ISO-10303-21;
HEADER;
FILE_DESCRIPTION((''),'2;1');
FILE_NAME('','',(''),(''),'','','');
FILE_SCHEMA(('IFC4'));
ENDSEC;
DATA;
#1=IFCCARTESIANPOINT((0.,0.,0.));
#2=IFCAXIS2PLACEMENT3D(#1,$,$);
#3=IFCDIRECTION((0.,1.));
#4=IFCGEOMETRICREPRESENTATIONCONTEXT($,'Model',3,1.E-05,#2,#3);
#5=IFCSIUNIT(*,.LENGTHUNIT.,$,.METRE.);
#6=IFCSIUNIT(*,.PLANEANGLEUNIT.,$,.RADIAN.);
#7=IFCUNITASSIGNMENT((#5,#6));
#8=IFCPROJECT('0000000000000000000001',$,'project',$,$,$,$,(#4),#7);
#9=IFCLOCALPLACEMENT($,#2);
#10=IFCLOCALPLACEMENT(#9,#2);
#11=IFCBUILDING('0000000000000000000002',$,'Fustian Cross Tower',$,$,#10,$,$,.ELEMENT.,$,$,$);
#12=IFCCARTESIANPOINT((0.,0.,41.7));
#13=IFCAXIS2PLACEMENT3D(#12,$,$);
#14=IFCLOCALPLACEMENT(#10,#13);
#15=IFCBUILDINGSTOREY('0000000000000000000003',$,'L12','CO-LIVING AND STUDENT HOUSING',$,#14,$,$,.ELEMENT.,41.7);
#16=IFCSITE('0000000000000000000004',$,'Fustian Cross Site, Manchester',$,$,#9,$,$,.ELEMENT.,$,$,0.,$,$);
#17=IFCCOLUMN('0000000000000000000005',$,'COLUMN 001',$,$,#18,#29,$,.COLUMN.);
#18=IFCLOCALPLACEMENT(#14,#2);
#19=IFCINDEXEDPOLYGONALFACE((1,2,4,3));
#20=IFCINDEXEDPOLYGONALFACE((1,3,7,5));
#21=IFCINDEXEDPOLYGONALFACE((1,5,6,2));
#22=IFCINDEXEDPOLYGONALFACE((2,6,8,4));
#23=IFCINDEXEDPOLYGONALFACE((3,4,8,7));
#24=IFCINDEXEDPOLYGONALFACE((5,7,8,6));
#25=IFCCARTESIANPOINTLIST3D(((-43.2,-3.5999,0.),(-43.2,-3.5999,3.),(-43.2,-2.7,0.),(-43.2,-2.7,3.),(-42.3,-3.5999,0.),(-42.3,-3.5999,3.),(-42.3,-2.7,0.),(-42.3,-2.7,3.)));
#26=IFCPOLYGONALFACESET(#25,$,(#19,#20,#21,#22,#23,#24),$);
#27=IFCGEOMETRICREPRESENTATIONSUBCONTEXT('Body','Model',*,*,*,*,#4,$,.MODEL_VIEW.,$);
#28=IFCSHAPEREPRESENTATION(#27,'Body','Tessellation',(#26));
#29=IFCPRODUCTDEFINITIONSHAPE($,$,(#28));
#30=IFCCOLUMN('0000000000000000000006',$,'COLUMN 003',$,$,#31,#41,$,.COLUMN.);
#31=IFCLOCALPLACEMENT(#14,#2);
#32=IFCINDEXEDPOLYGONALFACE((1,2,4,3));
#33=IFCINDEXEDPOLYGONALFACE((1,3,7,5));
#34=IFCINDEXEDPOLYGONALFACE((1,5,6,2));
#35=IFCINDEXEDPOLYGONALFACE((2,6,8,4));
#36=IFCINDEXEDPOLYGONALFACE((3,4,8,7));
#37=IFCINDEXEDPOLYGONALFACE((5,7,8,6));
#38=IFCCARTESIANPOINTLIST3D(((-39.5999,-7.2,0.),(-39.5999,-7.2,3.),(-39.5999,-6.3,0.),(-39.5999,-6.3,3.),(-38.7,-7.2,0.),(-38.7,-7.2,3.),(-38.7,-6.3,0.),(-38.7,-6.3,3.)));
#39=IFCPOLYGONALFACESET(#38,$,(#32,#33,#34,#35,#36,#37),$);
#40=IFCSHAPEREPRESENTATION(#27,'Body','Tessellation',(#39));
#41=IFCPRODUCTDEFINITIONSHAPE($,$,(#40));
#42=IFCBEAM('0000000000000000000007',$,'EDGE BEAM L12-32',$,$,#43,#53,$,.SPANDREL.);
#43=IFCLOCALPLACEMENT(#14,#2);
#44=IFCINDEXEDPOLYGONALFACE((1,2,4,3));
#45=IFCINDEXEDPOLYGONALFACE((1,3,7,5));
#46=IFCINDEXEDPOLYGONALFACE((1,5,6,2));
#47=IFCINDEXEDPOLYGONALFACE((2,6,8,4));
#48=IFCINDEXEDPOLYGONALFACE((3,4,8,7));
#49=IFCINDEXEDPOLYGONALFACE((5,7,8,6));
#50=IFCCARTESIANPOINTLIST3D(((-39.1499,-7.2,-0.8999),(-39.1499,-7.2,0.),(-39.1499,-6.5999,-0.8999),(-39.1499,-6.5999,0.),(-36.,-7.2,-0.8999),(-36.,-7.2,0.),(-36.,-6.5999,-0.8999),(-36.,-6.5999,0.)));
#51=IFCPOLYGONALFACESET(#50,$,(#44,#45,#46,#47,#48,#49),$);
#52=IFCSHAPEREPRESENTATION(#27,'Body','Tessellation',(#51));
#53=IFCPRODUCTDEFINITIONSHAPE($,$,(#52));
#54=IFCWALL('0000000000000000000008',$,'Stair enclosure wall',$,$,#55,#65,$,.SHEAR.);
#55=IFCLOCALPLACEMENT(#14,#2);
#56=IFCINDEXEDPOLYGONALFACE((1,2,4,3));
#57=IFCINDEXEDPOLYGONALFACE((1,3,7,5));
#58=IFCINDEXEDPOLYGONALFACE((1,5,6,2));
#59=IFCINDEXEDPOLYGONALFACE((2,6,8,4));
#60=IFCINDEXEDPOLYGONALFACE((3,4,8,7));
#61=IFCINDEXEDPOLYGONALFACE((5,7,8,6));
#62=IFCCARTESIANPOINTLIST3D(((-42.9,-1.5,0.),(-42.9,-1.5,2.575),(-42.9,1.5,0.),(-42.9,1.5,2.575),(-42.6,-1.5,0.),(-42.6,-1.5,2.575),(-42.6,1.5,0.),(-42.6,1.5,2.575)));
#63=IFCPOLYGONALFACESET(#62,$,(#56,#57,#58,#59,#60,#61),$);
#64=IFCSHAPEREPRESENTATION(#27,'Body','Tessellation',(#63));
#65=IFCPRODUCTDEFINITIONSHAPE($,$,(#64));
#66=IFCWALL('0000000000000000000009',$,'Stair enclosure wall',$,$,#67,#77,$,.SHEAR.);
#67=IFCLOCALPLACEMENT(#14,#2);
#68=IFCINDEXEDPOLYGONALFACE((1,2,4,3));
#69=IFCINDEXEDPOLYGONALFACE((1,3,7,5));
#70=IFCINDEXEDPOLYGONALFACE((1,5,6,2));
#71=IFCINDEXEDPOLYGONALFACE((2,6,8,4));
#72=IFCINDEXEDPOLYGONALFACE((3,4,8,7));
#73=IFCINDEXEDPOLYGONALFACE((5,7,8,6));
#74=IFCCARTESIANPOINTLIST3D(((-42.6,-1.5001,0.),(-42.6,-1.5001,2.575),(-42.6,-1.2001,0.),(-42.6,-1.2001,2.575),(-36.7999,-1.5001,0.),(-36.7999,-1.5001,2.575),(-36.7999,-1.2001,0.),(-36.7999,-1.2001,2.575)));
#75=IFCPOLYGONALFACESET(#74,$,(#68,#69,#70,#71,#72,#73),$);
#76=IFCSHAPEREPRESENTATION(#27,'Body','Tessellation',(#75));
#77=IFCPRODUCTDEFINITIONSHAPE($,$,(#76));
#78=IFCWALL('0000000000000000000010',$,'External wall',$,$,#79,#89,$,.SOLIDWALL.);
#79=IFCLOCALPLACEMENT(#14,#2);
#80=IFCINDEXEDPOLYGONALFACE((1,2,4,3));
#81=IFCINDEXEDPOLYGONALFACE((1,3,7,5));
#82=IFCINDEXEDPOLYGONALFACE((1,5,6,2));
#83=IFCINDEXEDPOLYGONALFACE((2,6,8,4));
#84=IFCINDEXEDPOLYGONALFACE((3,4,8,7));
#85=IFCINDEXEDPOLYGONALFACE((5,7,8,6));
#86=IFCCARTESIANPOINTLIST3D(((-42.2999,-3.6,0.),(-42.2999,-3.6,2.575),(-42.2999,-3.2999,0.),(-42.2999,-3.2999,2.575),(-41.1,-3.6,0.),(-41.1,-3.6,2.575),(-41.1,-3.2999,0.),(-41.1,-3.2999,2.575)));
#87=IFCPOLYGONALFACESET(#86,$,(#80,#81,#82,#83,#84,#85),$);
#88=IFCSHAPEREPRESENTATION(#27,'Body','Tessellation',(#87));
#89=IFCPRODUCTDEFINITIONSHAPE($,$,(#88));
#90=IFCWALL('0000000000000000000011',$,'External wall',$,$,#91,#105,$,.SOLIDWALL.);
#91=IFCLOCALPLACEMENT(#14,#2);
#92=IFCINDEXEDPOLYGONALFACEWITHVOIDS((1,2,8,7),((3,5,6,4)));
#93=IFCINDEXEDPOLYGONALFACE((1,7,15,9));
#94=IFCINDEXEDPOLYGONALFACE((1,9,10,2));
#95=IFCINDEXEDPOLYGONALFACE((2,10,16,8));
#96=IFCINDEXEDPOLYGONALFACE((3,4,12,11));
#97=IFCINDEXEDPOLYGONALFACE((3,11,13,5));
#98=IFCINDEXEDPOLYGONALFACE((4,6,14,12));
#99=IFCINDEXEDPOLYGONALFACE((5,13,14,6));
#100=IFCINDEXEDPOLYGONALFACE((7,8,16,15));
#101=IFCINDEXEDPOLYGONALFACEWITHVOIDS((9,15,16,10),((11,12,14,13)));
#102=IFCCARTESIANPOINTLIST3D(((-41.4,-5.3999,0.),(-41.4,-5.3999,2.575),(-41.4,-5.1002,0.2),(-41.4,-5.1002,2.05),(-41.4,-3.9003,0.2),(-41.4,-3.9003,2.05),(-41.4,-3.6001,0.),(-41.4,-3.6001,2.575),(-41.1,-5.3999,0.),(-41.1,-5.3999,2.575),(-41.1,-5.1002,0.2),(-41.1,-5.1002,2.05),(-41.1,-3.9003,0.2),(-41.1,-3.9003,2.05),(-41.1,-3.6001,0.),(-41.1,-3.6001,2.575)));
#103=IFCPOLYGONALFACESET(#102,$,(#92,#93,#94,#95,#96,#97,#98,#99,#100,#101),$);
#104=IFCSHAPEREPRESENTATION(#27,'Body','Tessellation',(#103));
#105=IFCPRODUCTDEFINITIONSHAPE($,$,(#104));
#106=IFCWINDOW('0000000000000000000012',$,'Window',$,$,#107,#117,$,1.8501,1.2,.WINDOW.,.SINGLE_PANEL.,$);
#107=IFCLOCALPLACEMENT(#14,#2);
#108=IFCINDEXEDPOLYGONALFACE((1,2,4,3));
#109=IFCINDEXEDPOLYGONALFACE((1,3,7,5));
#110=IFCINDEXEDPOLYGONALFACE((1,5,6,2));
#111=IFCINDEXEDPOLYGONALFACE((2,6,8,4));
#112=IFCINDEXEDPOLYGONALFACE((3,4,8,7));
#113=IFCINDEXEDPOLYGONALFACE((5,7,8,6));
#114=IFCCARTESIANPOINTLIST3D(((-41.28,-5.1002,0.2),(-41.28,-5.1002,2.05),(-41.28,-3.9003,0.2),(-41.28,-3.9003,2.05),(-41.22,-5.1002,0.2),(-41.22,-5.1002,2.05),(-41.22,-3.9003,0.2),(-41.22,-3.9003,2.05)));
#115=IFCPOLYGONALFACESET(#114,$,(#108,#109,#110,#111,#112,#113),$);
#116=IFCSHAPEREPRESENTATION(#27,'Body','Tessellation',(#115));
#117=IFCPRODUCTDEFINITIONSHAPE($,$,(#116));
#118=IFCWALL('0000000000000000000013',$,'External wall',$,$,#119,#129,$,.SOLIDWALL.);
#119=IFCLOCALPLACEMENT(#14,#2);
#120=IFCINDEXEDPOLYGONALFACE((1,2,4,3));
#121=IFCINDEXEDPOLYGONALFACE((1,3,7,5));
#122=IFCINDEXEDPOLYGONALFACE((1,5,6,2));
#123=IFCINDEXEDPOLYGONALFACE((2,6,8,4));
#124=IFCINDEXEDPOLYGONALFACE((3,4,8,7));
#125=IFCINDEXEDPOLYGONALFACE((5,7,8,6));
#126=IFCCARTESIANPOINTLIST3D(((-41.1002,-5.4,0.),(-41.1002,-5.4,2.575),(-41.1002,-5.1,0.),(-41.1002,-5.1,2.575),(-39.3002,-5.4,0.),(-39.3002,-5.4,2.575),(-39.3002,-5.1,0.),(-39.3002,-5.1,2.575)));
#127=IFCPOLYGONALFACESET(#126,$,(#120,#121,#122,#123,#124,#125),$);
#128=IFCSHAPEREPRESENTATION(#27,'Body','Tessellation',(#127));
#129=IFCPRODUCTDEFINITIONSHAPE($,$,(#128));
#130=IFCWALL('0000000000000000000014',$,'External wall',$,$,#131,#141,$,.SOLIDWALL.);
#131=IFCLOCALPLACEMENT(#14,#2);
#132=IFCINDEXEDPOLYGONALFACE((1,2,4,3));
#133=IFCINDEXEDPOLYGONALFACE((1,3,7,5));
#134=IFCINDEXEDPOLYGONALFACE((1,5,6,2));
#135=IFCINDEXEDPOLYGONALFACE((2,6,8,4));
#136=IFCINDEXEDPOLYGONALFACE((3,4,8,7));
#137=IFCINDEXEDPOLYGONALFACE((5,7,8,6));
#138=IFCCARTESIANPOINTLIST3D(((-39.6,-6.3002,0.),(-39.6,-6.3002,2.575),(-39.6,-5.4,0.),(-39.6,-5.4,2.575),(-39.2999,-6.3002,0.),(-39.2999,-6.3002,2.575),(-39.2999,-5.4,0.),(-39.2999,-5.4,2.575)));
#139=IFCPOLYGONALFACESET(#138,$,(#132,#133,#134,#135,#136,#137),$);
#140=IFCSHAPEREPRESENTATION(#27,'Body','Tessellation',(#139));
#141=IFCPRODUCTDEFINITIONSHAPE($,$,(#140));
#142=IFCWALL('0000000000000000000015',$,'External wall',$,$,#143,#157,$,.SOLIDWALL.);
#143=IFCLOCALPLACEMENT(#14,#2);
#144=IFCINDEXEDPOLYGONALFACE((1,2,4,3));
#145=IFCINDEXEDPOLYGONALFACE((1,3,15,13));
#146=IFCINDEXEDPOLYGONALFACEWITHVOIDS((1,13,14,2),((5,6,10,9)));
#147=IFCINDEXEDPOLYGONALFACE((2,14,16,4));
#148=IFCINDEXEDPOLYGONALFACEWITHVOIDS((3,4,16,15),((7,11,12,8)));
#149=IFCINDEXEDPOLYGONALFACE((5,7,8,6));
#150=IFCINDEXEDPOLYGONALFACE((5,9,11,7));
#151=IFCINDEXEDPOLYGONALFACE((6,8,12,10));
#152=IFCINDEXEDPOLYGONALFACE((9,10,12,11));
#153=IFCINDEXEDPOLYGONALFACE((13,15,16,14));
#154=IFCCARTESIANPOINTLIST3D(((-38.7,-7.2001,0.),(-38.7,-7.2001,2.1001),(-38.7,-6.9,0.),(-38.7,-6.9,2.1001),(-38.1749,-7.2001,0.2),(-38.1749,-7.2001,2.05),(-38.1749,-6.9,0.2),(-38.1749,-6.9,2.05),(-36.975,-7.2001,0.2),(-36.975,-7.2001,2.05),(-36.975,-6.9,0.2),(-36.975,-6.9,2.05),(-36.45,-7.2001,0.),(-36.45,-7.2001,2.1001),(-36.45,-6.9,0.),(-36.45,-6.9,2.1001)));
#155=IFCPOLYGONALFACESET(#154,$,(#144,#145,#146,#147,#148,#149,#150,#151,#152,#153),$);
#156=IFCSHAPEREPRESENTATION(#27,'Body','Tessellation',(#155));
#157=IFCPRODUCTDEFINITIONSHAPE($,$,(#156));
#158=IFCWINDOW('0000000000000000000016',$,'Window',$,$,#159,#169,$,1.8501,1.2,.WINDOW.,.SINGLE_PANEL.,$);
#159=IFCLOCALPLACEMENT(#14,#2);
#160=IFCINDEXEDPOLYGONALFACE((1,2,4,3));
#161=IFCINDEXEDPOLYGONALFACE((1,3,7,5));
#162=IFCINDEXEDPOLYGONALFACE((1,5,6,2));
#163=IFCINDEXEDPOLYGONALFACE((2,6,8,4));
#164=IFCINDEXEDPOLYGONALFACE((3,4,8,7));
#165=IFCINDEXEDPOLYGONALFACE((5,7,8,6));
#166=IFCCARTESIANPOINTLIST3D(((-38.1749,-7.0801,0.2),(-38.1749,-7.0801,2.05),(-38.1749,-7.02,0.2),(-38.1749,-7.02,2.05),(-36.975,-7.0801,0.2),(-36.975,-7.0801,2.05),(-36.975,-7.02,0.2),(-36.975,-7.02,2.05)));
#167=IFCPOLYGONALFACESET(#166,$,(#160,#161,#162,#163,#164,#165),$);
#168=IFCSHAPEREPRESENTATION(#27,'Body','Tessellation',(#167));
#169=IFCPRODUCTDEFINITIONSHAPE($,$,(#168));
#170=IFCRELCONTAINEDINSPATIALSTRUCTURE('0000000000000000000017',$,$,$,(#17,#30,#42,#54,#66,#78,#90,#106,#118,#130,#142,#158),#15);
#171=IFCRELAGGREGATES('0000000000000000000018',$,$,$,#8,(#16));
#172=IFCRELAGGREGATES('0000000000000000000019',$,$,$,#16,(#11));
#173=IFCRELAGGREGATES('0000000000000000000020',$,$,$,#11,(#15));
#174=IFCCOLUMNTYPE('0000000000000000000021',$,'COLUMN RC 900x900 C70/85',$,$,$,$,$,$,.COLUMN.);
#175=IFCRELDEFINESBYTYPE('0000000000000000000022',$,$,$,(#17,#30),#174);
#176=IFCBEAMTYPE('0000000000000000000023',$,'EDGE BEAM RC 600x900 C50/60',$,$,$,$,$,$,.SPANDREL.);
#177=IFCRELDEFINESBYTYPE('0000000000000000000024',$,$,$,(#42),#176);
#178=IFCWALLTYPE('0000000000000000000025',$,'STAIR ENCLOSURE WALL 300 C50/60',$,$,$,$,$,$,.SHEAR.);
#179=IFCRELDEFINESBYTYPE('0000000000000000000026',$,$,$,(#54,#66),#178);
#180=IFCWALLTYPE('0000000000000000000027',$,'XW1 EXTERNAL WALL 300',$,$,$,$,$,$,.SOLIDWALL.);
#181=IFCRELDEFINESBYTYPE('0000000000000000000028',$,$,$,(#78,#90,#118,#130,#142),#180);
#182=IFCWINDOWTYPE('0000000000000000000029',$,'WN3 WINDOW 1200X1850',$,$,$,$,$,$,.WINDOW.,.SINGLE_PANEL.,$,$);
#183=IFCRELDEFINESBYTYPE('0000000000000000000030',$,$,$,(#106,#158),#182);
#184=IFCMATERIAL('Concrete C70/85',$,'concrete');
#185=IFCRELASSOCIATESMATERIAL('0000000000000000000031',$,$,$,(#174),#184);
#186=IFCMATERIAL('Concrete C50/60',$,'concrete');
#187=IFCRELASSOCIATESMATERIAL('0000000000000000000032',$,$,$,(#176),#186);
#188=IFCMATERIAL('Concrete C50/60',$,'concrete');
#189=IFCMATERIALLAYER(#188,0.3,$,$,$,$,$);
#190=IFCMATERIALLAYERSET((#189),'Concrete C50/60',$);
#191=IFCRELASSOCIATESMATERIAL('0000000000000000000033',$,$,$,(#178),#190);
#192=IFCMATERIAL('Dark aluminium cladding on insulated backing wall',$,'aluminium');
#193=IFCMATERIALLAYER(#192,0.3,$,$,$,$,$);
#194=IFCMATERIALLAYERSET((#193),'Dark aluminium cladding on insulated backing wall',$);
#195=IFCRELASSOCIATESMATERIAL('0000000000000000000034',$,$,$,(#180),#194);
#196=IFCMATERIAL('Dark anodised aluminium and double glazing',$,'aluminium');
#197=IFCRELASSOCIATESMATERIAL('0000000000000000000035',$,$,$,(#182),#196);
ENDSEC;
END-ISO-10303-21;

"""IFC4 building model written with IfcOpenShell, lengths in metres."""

from ifc_helpers import new_model, si_unit, direction, frame, frame_2d, origin, origin_2d, place, context, subcontext, project, spatial, rectangle, extrude, material, layer, layer_set, material_profile, profile_set, type_object, element, fill, save


model = new_model("IFC4")

# Units and contexts
model_context = context("Model", 3, precision=1e-05, world=origin(), true_north=direction((0.0, 1.0)))
body_context = subcontext(model_context, "Body", "Model", "MODEL_VIEW")
ifc_project = project(units=[si_unit("LENGTHUNIT", "METRE"), si_unit("PLANEANGLEUNIT", "RADIAN")], contexts=[model_context])

# Site, building, storey
site_placement = place(None, origin())
site = spatial("IfcSite", under=ifc_project, at=site_placement, Name="Fustian Cross Site, Manchester", CompositionType="ELEMENT", RefElevation=0.0)
building_placement = place(site_placement, origin())
building = spatial("IfcBuilding", under=site, at=building_placement, Name="Fustian Cross Tower", CompositionType="ELEMENT")
storey_placement = place(building_placement, frame((0.0, 0.0, 41.7)))
storey = spatial("IfcBuildingStorey", under=building, at=storey_placement, Name="L12", Description="CO-LIVING AND STUDENT HOUSING", CompositionType="ELEMENT", Elevation=41.7)

# Columns
ifc_material_1 = material(Name="Concrete C70/85", Category="concrete")
ifc_material_profile_1 = material_profile(ifc_material_1, rectangle(XDim=0.8999, YDim=0.8999, at=origin_2d()), Name="RC 900x900")
ifc_profile_set_1 = profile_set([ifc_material_profile_1], Name="Concrete C70/85")
column_type = type_object("IfcColumnType", Name="COLUMN RC 900x900 C70/85", PredefinedType="COLUMN", material=ifc_profile_set_1)
for number, where, z_axis, x_axis, name in (
    (1, (-42.75, -3.1499, 0.0), (0.0, 0.0, 1.0), (1.0, 0.0, 0.0), "COLUMN 001"),
    (2, (-39.1499, -6.75, 0.0), (0.0, 0.0, 1.0), (1.0, 0.0, 0.0), "COLUMN 003"),
):
    element("IfcColumn", number, at=place(storey_placement, frame(where, z_axis=z_axis, x_axis=x_axis)), inside=storey, type_object=column_type, Name=name, PredefinedType="COLUMN", context=body_context, shape_type="SweptSolid", body=[
        extrude(rectangle(XDim=0.8999, YDim=0.8999, at=origin_2d()), origin(), (0.0, 0.0, 1.0), 3.0),
    ])

# Beam
ifc_material_2 = material(Name="Concrete C50/60", Category="concrete")
ifc_material_profile_2 = material_profile(ifc_material_2, rectangle(XDim=0.6001, YDim=0.8999, at=origin_2d()), Name="RC 600x900")
ifc_profile_set_2 = profile_set([ifc_material_profile_2], Name="Concrete C50/60")
beam_type = type_object("IfcBeamType", Name="EDGE BEAM RC 600x900 C50/60", PredefinedType="SPANDREL", material=ifc_profile_set_2)
beam_placement = place(storey_placement, frame((-39.1499, -6.8999, -0.45), z_axis=(1.0, 0.0, 0.0), x_axis=(0.0, 1.0, 0.0)))
element("IfcBeam", 3, at=beam_placement, inside=storey, type_object=beam_type, Name="EDGE BEAM L12-32", PredefinedType="SPANDREL", context=body_context, shape_type="SweptSolid", body=[
    extrude(rectangle(XDim=0.6001, YDim=0.8999, at=origin_2d()), origin(), (0.0, 0.0, 1.0), 3.1499),
])

# Walls
ifc_material_3 = material(Name="Concrete C50/60", Category="concrete")
ifc_layer_1 = layer(ifc_material_3, 0.3)
ifc_layer_set_1 = layer_set([ifc_layer_1], Name="Concrete C50/60")
wall_type_1 = type_object("IfcWallType", Name="STAIR ENCLOSURE WALL 300 C50/60", PredefinedType="SHEAR", material=ifc_layer_set_1)
wall_1_placement = place(storey_placement, frame((-42.75, -1.5, 0.0), z_axis=(0.0, 0.0, 1.0), x_axis=(0.0, 1.0, 0.0)))
element("IfcWall", 4, at=wall_1_placement, inside=storey, type_object=wall_type_1, Name="Stair enclosure wall", PredefinedType="SHEAR", context=body_context, shape_type="SweptSolid", body=[
    extrude(rectangle(XDim=3.0, YDim=0.3, at=frame_2d((1.5, 0.0))), origin(), (0.0, 0.0, 1.0), 2.575),
])
wall_2_placement = place(storey_placement, frame((-36.8, -1.3501, 0.0), z_axis=(0.0, 0.0, 1.0), x_axis=(-1.0, 0.0, 0.0)))
element("IfcWall", 5, at=wall_2_placement, inside=storey, type_object=wall_type_1, Name="Stair enclosure wall", PredefinedType="SHEAR", context=body_context, shape_type="SweptSolid", body=[
    extrude(rectangle(XDim=5.8, YDim=0.3, at=frame_2d((2.8999, 0.0))), origin(), (0.0, 0.0, 1.0), 2.575),
])
ifc_material_4 = material(Name="Dark aluminium cladding on insulated backing wall", Category="aluminium")
ifc_layer_2 = layer(ifc_material_4, 0.3)
ifc_layer_set_2 = layer_set([ifc_layer_2], Name="Dark aluminium cladding on insulated backing wall")
wall_type_2 = type_object("IfcWallType", Name="XW1 EXTERNAL WALL 300", PredefinedType="SOLIDWALL", material=ifc_layer_set_2)
wall_3_placement = place(storey_placement, frame((-42.3, -3.45, 0.0), z_axis=(0.0, 0.0, 1.0), x_axis=(1.0, 0.0, 0.0)))
element("IfcWall", 6, at=wall_3_placement, inside=storey, type_object=wall_type_2, Name="External wall", PredefinedType="SOLIDWALL", context=body_context, shape_type="SweptSolid", body=[
    extrude(rectangle(XDim=1.2, YDim=0.3, at=frame_2d((0.6001, 0.0))), origin(), (0.0, 0.0, 1.0), 2.575),
])

# Wall, opening, window
wall_4_placement = place(storey_placement, frame((-41.25, -3.6001, 0.0), z_axis=(0.0, 0.0, 1.0), x_axis=(0.0, -1.0, 0.0)))
wall_4 = element("IfcWall", 7, at=wall_4_placement, inside=storey, type_object=wall_type_2, Name="External wall", PredefinedType="SOLIDWALL", context=body_context, shape_type="SweptSolid", body=[
    extrude(rectangle(XDim=1.7998, YDim=0.3, at=frame_2d((0.8999, 0.0))), origin(), (0.0, 0.0, 1.0), 2.575),
])
opening_1_placement = place(wall_4_placement, frame((0.3, 0.0, 0.2)))
opening_1 = element("IfcOpeningElement", 8, at=opening_1_placement, cuts=wall_4, PredefinedType="OPENING", context=body_context, shape_type="SweptSolid", body=[
    extrude(rectangle(XDim=1.2, YDim=1.8501, at=frame_2d((0.6001, 0.925))), frame((0.0, 0.1599, 0.0), z_axis=(0.0, -1.0, 0.0), x_axis=(1.0, 0.0, 0.0)), (0.0, 0.0, 1.0), 0.3201),
])
ifc_material_5 = material(Name="Dark anodised aluminium and double glazing", Category="aluminium")
window_type = type_object("IfcWindowType", Name="WN3 WINDOW 1200X1850", PartitioningType="SINGLE_PANEL", PredefinedType="WINDOW", material=ifc_material_5)
window_1_placement = place(opening_1_placement, origin())
window_1 = element("IfcWindow", 9, at=window_1_placement, inside=storey, type_object=window_type, Name="Window", OverallHeight=1.8501, OverallWidth=1.2, PartitioningType="SINGLE_PANEL", PredefinedType="WINDOW", context=body_context, shape_type="SweptSolid", body=[
    extrude(rectangle(XDim=1.2, YDim=1.8501, at=frame_2d((0.6001, 0.925))), frame((0.0, 0.03, 0.0), z_axis=(0.0, -1.0, 0.0), x_axis=(1.0, 0.0, 0.0)), (0.0, 0.0, 1.0), 0.0601),
])
fill(opening_1, window_1)

# Walls
wall_5_placement = place(storey_placement, frame((-41.1001, -5.25, 0.0), z_axis=(0.0, 0.0, 1.0), x_axis=(1.0, 0.0, 0.0)))
element("IfcWall", 10, at=wall_5_placement, inside=storey, type_object=wall_type_2, Name="External wall", PredefinedType="SOLIDWALL", context=body_context, shape_type="SweptSolid", body=[
    extrude(rectangle(XDim=1.8, YDim=0.3, at=frame_2d((0.8999, 0.0))), origin(), (0.0, 0.0, 1.0), 2.575),
])
wall_6_placement = place(storey_placement, frame((-39.45, -5.3999, 0.0), z_axis=(0.0, 0.0, 1.0), x_axis=(0.0, -1.0, 0.0)))
element("IfcWall", 11, at=wall_6_placement, inside=storey, type_object=wall_type_2, Name="External wall", PredefinedType="SOLIDWALL", context=body_context, shape_type="SweptSolid", body=[
    extrude(rectangle(XDim=0.9001, YDim=0.3, at=frame_2d((0.4502, 0.0))), origin(), (0.0, 0.0, 1.0), 2.575),
])

# Wall, opening, window
wall_7_placement = place(storey_placement, frame((-38.7, -7.05, 0.0), z_axis=(0.0, 0.0, 1.0), x_axis=(1.0, 0.0, 0.0)))
wall_7 = element("IfcWall", 12, at=wall_7_placement, inside=storey, type_object=wall_type_2, Name="External wall", PredefinedType="SOLIDWALL", context=body_context, shape_type="SweptSolid", body=[
    extrude(rectangle(XDim=2.25, YDim=0.3, at=frame_2d((1.125, 0.0))), origin(), (0.0, 0.0, 1.0), 2.1001),
])
opening_2_placement = place(wall_7_placement, frame((0.5249, 0.0, 0.2)))
opening_2 = element("IfcOpeningElement", 13, at=opening_2_placement, cuts=wall_7, PredefinedType="OPENING", context=body_context, shape_type="SweptSolid", body=[
    extrude(rectangle(XDim=1.2, YDim=1.8501, at=frame_2d((0.6001, 0.925))), frame((0.0, 0.1599, 0.0), z_axis=(0.0, -1.0, 0.0), x_axis=(1.0, 0.0, 0.0)), (0.0, 0.0, 1.0), 0.3201),
])
window_2_placement = place(opening_2_placement, origin())
window_2 = element("IfcWindow", 14, at=window_2_placement, inside=storey, type_object=window_type, Name="Window", OverallHeight=1.8501, OverallWidth=1.2, PartitioningType="SINGLE_PANEL", PredefinedType="WINDOW", context=body_context, shape_type="SweptSolid", body=[
    extrude(rectangle(XDim=1.2, YDim=1.8501, at=frame_2d((0.6001, 0.925))), frame((0.0, 0.03, 0.0), z_axis=(0.0, -1.0, 0.0), x_axis=(1.0, 0.0, 0.0)), (0.0, 0.0, 1.0), 0.0601),
])
fill(opening_2, window_2)

save(model, "model.ifc")
